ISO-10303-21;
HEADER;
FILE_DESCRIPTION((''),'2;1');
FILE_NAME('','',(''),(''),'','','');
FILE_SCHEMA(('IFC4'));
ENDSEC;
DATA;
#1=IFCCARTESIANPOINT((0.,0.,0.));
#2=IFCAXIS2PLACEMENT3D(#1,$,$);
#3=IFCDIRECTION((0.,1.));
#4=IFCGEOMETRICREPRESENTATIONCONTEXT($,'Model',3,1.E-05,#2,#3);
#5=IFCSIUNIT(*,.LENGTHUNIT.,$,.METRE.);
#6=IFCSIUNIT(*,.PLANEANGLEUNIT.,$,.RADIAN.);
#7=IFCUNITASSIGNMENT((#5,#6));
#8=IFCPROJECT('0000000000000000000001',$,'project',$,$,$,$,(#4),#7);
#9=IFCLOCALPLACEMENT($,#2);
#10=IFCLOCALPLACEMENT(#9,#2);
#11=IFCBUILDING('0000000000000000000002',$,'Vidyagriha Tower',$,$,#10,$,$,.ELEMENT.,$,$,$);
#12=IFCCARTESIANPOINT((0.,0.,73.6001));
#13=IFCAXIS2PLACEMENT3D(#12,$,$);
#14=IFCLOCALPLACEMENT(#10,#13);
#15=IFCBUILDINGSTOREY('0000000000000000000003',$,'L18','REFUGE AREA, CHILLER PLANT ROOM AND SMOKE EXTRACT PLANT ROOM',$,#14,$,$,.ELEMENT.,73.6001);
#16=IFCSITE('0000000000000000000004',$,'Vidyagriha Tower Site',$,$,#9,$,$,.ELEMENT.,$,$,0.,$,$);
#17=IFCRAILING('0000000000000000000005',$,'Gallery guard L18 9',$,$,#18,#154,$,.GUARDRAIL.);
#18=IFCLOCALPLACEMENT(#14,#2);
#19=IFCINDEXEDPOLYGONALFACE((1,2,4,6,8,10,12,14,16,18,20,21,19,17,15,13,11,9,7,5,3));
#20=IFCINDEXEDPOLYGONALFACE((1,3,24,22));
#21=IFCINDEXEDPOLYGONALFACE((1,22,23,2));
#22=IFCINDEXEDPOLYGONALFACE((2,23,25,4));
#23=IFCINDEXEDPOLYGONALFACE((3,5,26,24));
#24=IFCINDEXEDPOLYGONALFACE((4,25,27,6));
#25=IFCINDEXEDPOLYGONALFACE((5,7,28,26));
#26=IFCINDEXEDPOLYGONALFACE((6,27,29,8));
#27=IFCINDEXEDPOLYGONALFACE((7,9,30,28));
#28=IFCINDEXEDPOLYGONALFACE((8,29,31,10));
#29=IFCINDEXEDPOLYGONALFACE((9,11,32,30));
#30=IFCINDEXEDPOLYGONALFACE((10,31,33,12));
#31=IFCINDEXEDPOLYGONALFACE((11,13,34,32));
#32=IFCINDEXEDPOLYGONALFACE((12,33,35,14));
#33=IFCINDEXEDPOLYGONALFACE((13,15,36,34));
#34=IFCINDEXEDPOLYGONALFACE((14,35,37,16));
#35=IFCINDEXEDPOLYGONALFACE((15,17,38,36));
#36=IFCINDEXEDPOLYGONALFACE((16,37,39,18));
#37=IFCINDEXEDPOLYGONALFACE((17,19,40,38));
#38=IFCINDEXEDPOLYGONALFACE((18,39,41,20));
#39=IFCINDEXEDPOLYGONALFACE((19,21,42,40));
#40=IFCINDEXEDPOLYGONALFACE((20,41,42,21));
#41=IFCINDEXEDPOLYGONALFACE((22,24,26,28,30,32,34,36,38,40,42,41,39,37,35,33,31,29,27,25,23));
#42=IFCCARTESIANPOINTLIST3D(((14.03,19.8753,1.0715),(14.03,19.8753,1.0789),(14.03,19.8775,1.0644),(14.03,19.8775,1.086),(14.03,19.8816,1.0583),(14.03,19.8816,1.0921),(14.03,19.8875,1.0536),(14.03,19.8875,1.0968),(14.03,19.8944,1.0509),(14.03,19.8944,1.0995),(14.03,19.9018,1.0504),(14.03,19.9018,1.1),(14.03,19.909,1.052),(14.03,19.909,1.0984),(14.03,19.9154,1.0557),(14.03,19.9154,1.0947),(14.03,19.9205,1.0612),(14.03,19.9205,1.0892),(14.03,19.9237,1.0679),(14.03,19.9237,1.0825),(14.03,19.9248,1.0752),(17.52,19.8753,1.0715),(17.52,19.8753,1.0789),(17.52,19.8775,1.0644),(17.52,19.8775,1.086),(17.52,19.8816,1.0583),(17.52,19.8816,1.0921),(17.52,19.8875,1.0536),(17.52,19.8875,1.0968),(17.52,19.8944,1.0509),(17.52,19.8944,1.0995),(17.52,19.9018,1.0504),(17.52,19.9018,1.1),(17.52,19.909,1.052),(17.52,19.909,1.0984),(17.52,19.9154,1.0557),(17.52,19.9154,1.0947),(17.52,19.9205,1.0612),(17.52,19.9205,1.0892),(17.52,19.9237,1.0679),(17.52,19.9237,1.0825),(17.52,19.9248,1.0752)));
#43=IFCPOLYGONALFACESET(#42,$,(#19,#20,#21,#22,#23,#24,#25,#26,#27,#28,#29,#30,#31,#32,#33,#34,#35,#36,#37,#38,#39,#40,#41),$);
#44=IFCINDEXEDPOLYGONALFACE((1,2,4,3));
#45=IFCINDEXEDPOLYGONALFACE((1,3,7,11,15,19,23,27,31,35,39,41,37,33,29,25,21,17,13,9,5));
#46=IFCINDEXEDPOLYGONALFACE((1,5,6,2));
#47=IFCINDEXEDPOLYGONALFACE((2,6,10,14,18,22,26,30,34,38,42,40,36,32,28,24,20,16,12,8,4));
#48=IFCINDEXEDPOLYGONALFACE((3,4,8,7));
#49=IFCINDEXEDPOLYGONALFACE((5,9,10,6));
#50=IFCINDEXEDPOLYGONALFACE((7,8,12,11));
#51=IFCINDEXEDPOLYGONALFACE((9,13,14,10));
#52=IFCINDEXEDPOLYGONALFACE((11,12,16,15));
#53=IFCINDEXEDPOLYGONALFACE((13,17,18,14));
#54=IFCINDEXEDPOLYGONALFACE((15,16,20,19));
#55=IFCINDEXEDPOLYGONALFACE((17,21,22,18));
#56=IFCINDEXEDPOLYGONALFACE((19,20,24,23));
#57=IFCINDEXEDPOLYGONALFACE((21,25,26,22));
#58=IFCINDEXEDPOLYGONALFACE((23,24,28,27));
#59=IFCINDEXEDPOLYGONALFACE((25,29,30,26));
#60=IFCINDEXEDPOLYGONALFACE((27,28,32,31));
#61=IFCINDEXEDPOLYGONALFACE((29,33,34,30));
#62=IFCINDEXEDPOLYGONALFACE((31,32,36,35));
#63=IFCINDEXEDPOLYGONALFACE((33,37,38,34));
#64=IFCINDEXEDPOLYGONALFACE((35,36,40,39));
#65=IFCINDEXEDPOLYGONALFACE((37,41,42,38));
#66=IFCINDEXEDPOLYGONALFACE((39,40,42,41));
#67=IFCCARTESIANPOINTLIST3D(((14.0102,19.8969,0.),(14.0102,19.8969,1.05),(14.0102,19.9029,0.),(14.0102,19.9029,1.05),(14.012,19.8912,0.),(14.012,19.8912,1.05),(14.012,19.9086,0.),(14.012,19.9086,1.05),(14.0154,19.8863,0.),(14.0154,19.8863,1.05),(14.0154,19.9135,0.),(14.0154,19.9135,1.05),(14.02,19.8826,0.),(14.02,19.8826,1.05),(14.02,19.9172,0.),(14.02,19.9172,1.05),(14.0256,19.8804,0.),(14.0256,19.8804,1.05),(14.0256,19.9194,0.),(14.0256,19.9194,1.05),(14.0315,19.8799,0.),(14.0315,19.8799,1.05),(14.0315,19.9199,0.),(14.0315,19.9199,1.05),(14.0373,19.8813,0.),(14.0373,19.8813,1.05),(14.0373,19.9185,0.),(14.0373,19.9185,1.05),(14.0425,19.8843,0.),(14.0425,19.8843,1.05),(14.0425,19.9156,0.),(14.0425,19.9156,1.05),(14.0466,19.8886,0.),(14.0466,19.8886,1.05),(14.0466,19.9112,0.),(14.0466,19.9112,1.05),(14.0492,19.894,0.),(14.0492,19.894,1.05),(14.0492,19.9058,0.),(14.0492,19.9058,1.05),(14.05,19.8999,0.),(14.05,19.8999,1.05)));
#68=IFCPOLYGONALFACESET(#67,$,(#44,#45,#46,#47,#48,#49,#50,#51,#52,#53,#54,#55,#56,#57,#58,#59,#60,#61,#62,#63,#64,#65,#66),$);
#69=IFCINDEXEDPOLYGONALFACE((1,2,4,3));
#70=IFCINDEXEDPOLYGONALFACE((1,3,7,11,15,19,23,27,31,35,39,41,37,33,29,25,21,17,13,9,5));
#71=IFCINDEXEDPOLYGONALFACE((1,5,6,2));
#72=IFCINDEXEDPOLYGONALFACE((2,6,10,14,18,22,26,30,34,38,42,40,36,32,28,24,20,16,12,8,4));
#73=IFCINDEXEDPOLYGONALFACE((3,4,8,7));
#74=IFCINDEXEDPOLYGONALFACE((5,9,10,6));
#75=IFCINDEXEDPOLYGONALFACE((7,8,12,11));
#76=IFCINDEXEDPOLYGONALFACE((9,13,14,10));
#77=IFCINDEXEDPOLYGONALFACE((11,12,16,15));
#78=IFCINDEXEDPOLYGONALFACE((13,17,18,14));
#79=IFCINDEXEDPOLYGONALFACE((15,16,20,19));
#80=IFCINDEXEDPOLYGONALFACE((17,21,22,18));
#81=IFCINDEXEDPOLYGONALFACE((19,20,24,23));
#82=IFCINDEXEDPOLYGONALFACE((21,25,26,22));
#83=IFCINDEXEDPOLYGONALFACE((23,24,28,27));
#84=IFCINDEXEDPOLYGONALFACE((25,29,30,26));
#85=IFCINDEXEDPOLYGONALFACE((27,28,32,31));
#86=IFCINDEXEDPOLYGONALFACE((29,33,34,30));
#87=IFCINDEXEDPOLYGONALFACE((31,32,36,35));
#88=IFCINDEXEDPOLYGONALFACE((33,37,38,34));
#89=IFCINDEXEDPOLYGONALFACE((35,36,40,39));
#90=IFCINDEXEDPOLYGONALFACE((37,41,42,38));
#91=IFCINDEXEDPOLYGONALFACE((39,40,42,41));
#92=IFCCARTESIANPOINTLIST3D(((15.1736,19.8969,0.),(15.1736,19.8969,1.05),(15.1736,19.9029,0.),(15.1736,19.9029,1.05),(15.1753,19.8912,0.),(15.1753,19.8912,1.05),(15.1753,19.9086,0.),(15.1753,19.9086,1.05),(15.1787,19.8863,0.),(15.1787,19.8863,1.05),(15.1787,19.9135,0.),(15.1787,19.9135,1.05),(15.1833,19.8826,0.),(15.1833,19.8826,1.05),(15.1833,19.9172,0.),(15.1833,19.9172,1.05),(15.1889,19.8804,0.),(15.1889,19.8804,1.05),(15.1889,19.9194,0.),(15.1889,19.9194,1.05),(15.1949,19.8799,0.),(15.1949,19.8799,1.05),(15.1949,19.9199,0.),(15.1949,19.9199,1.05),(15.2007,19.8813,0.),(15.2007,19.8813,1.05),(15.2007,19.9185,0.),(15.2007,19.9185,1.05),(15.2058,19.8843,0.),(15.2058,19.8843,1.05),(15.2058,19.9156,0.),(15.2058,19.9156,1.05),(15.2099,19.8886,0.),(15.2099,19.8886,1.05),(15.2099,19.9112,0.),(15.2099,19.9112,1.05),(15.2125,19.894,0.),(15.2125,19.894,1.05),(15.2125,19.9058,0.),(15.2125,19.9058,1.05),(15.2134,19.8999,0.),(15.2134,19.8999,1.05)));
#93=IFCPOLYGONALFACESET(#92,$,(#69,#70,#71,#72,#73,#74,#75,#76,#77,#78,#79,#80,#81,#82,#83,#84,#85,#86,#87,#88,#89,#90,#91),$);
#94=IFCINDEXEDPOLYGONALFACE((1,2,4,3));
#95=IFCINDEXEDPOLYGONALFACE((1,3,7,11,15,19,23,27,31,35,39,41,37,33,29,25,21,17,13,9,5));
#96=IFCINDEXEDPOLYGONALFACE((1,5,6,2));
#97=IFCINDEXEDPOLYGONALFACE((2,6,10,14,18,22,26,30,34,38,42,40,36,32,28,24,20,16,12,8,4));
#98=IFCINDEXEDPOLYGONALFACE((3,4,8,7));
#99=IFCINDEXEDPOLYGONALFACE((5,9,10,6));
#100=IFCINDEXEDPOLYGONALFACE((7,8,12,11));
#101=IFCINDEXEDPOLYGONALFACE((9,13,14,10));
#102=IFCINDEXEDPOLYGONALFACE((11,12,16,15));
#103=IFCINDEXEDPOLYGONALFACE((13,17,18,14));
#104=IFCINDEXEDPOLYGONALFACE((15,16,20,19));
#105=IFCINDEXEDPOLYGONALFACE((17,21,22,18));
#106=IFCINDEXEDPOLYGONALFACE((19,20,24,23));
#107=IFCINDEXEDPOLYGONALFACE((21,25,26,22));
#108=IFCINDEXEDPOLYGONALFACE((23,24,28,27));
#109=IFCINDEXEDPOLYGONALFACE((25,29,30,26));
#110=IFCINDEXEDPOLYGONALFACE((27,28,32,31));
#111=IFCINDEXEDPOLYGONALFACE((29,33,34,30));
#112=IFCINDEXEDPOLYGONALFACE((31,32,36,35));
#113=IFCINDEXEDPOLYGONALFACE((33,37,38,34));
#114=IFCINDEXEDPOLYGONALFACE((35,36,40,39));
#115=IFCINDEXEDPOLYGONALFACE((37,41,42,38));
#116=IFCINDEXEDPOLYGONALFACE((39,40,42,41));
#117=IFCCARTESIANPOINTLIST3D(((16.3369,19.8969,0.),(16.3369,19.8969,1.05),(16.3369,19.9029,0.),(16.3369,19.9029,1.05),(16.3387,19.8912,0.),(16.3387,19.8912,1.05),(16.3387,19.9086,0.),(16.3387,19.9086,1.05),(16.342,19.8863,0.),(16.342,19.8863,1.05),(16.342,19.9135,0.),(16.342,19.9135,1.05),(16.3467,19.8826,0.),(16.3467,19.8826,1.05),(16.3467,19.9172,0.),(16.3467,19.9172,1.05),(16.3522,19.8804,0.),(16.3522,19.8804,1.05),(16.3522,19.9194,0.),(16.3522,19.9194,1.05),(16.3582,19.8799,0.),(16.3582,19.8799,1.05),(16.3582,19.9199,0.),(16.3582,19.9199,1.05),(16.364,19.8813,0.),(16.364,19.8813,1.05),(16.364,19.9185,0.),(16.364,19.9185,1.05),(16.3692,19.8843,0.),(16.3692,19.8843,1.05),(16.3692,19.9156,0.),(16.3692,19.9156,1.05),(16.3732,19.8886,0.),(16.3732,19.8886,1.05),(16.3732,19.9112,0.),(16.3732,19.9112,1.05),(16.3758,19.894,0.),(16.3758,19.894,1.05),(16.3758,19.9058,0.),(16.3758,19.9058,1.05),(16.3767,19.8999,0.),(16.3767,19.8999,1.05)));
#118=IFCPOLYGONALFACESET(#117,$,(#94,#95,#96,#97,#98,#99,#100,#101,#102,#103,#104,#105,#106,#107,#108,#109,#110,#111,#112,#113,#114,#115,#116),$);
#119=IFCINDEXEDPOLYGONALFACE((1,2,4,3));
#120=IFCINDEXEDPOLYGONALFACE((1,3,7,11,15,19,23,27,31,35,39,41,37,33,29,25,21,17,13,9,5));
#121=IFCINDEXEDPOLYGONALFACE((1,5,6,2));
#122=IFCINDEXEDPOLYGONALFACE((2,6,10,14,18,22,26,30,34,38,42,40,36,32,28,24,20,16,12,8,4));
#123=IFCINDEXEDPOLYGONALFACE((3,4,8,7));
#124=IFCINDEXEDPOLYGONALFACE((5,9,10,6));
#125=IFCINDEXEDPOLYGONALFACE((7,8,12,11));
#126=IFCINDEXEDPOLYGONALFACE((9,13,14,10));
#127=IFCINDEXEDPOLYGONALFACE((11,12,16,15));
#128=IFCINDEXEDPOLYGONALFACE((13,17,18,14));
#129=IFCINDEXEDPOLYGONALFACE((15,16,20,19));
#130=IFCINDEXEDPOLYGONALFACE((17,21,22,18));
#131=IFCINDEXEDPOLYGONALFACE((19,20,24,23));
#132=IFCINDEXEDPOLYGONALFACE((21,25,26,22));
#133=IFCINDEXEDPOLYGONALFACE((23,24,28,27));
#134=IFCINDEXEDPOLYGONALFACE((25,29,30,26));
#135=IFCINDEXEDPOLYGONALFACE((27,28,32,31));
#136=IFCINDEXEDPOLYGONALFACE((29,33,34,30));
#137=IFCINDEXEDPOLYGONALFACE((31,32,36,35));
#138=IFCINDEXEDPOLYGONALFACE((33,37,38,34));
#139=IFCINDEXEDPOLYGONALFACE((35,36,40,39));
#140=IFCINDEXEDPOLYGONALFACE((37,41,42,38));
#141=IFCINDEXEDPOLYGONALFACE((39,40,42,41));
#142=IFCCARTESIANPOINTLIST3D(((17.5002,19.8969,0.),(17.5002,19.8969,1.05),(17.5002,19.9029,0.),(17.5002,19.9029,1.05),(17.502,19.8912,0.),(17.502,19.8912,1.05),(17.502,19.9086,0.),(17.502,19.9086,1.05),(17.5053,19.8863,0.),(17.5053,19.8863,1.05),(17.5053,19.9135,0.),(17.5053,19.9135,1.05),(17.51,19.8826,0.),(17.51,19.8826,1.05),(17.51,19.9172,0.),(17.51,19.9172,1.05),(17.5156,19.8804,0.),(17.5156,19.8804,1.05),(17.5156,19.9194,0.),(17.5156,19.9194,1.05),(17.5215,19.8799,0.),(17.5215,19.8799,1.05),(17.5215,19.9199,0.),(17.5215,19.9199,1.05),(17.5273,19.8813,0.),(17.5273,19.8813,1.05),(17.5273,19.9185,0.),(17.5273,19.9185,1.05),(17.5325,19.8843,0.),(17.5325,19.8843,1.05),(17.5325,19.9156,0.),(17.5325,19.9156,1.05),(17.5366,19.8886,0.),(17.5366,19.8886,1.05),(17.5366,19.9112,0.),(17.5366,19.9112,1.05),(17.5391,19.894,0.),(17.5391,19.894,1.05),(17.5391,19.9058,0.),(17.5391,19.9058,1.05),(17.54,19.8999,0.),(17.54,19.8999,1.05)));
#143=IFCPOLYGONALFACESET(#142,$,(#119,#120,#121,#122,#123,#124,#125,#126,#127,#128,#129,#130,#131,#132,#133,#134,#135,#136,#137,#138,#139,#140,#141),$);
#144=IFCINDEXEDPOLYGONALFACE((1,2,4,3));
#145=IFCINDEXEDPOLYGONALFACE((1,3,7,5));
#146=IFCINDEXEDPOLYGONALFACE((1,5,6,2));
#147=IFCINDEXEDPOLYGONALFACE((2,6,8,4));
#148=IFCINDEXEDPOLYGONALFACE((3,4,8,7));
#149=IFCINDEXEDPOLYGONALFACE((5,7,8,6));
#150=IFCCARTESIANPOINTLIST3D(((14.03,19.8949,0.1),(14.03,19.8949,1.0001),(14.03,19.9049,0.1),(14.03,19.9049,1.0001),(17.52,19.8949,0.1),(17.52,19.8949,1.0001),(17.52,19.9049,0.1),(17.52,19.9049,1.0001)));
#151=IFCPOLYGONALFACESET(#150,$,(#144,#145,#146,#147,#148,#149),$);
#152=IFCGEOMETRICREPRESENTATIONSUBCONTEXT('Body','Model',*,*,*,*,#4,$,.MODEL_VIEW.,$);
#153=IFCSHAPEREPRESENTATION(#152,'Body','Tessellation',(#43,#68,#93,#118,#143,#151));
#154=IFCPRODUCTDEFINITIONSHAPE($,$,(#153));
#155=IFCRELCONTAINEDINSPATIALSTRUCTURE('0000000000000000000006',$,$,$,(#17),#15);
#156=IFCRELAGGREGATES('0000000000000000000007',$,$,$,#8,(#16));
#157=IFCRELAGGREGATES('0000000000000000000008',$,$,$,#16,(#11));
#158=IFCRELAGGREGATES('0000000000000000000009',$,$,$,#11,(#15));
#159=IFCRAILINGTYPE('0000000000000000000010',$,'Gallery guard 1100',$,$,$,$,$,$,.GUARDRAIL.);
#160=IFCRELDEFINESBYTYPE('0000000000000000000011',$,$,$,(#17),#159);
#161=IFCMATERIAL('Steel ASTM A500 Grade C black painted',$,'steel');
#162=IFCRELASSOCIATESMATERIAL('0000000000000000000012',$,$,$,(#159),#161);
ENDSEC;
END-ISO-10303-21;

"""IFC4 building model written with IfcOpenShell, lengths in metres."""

from ifc_helpers import new_model, si_unit, direction, frame, origin, origin_2d, place, context, subcontext, project, spatial, rectangle, circle, extrude, material, type_object, element, save


model = new_model("IFC4")

# Units and contexts
model_context = context("Model", 3, precision=1e-05, world=origin(), true_north=direction((0.0, 1.0)))
body_context = subcontext(model_context, "Body", "Model", "MODEL_VIEW")
ifc_project = project(units=[si_unit("LENGTHUNIT", "METRE"), si_unit("PLANEANGLEUNIT", "RADIAN")], contexts=[model_context])

# Site, building, storey
site_placement = place(None, origin())
site = spatial("IfcSite", under=ifc_project, at=site_placement, Name="Vidyagriha Tower Site", CompositionType="ELEMENT", RefElevation=0.0)
building_placement = place(site_placement, origin())
building = spatial("IfcBuilding", under=site, at=building_placement, Name="Vidyagriha Tower", CompositionType="ELEMENT")
storey_placement = place(building_placement, frame((0.0, 0.0, 73.6001)))
storey = spatial("IfcBuildingStorey", under=building, at=storey_placement, Name="L18", Description="REFUGE AREA, CHILLER PLANT ROOM AND SMOKE EXTRACT PLANT ROOM", CompositionType="ELEMENT", Elevation=73.6001)

# Railing
ifc_material_1 = material(Name="Steel ASTM A500 Grade C black painted", Category="steel")
railing_type_1 = type_object("IfcRailingType", Name="Gallery guard 1100", PredefinedType="GUARDRAIL", material=ifc_material_1)
railing_1_placement = place(storey_placement, frame((14.03, 19.8999, 0.0)))
element("IfcRailing", 1, at=railing_1_placement, inside=storey, type_object=railing_type_1, Name="Gallery guard L18 9", PredefinedType="GUARDRAIL", context=body_context, shape_type="SweptSolid", body=[
    extrude(circle(Radius=0.0249, at=origin_2d()), frame((0.0, 0.0, 1.0752), z_axis=(1.0, 0.0, 0.0), x_axis=(0.0, 1.0, 0.0)), (0.0, 0.0, 1.0), 3.49),
    extrude(circle(Radius=0.02, at=origin_2d()), origin(), (0.0, 0.0, 1.0), 1.05),
    extrude(circle(Radius=0.02, at=origin_2d()), frame((1.1633, 0.0, 0.0)), (0.0, 0.0, 1.0), 1.05),
    extrude(circle(Radius=0.02, at=origin_2d()), frame((2.3267, 0.0, 0.0)), (0.0, 0.0, 1.0), 1.05),
    extrude(circle(Radius=0.02, at=origin_2d()), frame((3.49, 0.0, 0.0)), (0.0, 0.0, 1.0), 1.05),
    extrude(rectangle(XDim=0.01, YDim=0.9001, at=origin_2d()), frame((0.0, 0.0, 0.55), z_axis=(1.0, 0.0, 0.0), x_axis=(0.0, 1.0, 0.0)), (0.0, 0.0, 1.0), 3.49),
])

save(model, "model.ifc")
